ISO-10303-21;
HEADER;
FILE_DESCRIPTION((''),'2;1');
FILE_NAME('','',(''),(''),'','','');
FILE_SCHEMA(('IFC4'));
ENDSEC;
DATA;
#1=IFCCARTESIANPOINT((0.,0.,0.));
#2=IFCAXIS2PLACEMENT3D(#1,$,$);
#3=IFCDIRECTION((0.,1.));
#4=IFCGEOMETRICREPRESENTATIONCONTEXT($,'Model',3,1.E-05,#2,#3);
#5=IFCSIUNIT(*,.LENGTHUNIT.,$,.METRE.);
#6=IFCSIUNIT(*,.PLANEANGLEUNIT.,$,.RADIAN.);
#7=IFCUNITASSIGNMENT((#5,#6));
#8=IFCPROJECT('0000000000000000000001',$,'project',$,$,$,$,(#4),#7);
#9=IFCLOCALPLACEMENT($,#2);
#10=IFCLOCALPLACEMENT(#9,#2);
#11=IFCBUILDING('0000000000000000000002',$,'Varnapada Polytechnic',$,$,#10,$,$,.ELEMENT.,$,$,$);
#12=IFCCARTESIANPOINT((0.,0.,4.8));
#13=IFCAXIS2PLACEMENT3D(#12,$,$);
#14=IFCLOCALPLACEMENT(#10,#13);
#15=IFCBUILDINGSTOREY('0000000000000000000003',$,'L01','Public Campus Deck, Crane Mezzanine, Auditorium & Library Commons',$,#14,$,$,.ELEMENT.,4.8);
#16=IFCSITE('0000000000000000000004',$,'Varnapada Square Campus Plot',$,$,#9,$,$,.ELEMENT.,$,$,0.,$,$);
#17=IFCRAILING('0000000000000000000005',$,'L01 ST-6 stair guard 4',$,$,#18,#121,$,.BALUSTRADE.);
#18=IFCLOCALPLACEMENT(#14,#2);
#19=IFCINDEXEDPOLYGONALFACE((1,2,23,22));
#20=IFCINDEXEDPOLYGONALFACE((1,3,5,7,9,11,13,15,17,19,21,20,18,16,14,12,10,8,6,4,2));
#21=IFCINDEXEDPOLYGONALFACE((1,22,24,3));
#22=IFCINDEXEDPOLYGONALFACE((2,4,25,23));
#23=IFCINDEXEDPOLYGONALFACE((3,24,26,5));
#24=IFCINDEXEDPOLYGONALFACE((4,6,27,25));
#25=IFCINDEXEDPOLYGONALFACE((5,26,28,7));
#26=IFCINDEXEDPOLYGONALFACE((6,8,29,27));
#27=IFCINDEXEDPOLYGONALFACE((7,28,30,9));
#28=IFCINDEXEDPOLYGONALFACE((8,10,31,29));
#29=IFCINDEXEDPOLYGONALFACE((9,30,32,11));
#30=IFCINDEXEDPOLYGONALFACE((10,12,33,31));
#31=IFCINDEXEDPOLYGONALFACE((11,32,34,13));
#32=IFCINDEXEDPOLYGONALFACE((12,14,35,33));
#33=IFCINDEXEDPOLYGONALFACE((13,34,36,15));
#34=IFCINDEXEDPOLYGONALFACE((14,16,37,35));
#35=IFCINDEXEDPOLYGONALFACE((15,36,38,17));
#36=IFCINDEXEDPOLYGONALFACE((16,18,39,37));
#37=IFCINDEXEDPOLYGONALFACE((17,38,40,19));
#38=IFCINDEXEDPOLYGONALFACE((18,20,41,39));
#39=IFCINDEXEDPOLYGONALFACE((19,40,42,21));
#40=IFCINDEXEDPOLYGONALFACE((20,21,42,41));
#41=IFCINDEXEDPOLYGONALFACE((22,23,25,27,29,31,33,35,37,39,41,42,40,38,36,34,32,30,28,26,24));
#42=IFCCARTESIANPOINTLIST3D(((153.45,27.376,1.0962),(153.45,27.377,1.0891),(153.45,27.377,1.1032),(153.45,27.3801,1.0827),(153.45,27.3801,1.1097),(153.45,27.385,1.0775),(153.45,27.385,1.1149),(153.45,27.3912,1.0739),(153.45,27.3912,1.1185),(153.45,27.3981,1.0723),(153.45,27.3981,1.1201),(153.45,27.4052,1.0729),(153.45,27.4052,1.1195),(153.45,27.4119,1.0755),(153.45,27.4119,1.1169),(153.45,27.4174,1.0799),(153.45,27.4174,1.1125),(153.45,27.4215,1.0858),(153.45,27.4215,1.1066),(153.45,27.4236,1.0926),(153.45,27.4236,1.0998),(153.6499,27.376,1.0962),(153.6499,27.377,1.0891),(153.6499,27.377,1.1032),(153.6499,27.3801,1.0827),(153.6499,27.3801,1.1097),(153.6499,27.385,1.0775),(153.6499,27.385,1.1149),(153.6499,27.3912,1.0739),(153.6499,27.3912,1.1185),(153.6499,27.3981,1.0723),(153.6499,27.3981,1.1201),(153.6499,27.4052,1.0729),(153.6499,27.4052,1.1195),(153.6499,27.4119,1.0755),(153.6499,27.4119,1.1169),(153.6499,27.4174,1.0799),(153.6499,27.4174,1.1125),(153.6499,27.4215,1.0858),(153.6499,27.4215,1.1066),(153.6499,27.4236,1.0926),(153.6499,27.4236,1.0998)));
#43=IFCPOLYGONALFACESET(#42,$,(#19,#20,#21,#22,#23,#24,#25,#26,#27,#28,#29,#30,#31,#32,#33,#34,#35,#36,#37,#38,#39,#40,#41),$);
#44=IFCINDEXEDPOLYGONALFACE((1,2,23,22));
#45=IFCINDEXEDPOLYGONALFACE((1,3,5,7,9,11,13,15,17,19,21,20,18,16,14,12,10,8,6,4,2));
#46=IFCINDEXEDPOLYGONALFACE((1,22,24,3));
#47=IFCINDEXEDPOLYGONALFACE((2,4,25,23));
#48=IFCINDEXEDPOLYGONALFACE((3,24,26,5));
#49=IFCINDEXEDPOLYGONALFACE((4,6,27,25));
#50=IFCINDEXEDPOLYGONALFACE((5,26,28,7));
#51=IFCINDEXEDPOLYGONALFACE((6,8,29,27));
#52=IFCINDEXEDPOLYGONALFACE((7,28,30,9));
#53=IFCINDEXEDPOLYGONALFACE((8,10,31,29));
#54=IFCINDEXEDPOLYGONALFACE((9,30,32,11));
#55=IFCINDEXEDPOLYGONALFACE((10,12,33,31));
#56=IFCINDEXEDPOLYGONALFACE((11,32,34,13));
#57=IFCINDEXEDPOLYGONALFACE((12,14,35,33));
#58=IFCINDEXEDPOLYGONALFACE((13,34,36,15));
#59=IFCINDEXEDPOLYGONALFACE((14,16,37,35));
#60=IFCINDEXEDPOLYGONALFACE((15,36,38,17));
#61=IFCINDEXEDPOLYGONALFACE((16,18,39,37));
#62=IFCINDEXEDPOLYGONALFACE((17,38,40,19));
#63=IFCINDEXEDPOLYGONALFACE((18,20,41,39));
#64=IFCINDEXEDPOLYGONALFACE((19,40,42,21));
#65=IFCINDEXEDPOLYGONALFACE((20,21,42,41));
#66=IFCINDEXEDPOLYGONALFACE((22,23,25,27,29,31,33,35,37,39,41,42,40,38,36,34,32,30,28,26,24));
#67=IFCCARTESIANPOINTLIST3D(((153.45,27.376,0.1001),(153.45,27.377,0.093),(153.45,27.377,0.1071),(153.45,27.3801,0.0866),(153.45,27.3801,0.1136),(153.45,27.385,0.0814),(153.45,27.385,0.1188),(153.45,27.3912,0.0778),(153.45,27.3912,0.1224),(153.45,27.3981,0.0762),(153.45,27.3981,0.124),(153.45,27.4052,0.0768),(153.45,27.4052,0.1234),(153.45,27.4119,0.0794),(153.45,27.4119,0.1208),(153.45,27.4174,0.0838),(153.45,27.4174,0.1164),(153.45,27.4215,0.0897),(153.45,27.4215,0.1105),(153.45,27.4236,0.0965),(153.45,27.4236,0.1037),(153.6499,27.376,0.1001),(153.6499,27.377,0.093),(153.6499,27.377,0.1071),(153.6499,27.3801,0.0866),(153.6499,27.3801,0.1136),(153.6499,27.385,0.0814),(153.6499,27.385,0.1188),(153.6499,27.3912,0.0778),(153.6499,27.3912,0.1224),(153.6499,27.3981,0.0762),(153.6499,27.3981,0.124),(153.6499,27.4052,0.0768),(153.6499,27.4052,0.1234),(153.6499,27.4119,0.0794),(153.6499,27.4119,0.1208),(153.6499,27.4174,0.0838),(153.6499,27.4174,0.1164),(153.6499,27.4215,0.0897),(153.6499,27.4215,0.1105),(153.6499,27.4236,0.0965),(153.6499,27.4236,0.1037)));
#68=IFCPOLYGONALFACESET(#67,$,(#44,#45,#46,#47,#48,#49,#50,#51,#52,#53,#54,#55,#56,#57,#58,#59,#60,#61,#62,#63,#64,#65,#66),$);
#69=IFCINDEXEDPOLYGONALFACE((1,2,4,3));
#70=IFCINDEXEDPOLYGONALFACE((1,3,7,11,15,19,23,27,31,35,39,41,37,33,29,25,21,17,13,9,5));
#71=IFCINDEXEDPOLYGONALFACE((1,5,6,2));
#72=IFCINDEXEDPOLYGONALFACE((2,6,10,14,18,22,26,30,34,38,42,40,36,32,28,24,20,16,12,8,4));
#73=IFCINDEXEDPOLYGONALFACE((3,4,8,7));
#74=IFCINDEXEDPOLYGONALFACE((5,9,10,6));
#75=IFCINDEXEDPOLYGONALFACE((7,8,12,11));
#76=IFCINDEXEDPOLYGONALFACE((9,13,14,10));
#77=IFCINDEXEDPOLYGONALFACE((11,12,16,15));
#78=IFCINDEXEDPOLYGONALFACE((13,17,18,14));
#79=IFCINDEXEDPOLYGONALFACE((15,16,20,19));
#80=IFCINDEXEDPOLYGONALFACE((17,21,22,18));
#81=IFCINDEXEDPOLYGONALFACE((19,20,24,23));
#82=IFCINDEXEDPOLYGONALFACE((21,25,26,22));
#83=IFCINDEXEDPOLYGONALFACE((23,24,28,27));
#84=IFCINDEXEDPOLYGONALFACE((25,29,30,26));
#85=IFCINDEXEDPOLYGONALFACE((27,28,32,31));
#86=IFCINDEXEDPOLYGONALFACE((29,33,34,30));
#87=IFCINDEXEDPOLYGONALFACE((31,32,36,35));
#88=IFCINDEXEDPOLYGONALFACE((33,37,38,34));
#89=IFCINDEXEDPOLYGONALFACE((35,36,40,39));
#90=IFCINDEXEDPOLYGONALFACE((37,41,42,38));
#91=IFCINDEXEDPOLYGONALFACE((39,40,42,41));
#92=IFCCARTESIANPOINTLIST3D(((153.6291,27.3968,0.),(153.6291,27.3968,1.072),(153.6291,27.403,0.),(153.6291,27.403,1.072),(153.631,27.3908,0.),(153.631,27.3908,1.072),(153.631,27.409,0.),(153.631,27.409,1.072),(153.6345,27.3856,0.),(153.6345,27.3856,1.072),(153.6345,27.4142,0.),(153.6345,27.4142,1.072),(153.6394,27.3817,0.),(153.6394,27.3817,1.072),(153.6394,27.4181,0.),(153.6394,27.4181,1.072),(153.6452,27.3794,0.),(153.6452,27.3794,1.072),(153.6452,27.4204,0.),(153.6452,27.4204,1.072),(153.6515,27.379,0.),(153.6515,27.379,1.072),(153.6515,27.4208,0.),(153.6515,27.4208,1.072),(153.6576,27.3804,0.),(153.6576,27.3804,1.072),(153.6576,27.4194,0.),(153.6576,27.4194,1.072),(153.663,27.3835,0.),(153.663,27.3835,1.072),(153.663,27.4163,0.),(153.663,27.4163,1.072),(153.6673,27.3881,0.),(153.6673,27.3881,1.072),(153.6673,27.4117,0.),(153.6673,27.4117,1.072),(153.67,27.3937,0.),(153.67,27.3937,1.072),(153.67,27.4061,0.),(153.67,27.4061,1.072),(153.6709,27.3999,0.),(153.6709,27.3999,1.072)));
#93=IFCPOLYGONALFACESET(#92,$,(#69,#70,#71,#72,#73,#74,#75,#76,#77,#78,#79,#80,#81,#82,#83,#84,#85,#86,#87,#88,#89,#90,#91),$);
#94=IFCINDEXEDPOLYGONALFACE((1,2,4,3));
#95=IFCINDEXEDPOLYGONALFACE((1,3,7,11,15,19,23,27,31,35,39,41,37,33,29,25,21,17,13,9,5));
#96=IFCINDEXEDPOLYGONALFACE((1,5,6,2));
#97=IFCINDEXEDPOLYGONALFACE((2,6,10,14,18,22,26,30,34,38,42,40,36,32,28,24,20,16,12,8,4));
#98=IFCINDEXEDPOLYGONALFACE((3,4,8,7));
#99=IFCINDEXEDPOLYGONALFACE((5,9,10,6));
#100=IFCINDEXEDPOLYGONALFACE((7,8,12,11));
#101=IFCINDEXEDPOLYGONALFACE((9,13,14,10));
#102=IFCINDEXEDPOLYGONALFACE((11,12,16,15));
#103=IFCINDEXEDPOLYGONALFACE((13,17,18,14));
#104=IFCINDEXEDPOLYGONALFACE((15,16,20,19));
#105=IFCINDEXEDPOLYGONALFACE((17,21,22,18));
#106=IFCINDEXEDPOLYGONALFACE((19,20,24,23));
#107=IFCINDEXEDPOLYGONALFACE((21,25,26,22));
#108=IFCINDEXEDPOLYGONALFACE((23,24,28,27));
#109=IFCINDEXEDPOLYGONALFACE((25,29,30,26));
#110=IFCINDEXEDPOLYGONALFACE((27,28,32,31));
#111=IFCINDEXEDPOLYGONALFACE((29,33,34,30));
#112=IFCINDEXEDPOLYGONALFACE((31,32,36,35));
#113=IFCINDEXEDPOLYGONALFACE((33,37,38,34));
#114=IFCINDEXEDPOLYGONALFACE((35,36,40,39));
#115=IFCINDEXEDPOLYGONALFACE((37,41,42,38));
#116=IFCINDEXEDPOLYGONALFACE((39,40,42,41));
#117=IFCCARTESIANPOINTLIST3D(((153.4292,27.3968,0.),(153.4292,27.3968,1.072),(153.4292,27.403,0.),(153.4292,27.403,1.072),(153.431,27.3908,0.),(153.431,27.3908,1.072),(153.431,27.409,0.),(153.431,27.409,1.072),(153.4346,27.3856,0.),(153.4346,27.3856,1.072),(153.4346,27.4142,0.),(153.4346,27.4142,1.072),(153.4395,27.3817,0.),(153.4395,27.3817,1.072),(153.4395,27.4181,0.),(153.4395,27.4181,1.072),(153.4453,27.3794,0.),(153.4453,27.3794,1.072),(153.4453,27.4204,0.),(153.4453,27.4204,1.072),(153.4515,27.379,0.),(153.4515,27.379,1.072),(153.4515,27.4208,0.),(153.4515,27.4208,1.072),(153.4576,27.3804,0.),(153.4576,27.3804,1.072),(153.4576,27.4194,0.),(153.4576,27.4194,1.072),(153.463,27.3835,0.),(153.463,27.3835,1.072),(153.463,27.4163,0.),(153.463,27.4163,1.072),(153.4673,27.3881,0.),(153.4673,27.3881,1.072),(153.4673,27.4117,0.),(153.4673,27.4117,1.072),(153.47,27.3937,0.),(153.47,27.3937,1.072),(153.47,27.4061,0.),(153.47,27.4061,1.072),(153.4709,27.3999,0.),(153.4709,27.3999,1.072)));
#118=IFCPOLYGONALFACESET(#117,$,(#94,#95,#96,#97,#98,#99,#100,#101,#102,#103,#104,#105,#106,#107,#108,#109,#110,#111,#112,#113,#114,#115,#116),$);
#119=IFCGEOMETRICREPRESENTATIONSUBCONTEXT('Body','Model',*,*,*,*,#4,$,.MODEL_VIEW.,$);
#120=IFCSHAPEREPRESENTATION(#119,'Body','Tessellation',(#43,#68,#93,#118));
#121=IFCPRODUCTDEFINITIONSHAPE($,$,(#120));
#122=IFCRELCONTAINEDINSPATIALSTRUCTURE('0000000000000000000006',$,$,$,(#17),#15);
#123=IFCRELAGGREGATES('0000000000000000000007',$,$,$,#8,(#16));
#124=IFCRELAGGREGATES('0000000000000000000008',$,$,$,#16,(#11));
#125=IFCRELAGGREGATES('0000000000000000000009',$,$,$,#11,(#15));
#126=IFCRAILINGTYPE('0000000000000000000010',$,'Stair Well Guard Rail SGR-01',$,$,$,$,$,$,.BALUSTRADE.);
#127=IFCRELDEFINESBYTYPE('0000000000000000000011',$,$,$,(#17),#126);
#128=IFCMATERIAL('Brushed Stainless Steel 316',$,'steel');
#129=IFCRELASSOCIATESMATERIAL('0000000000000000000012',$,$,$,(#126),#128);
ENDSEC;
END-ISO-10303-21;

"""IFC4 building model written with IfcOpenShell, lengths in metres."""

from ifc_helpers import new_model, si_unit, direction, frame, origin, origin_2d, place, context, subcontext, project, spatial, circle, extrude, material, type_object, element, save


model = new_model("IFC4")

# Units and contexts
model_context = context("Model", 3, precision=1e-05, world=origin(), true_north=direction((0.0, 1.0)))
body_context = subcontext(model_context, "Body", "Model", "MODEL_VIEW")
ifc_project = project(units=[si_unit("LENGTHUNIT", "METRE"), si_unit("PLANEANGLEUNIT", "RADIAN")], contexts=[model_context])

# Site, building, storey
site_placement = place(None, origin())
site = spatial("IfcSite", under=ifc_project, at=site_placement, Name="Varnapada Square Campus Plot", CompositionType="ELEMENT", RefElevation=0.0)
building_placement = place(site_placement, origin())
building = spatial("IfcBuilding", under=site, at=building_placement, Name="Varnapada Polytechnic", CompositionType="ELEMENT")
storey_placement = place(building_placement, frame((0.0, 0.0, 4.8)))
storey = spatial("IfcBuildingStorey", under=building, at=storey_placement, Name="L01", Description="Public Campus Deck, Crane Mezzanine, Auditorium & Library Commons", CompositionType="ELEMENT", Elevation=4.8)

# Shared definitions
ifc_material_1 = material(Name="Brushed Stainless Steel 316", Category="steel")

# Railing
railing_type_1 = type_object("IfcRailingType", Name="Stair Well Guard Rail SGR-01", PredefinedType="BALUSTRADE", material=ifc_material_1)
railing_1_placement = place(storey_placement, frame((153.6499, 27.3999, 0.0)))
element("IfcRailing", 1, at=railing_1_placement, inside=storey, type_object=railing_type_1, Name="L01 ST-6 stair guard 4", PredefinedType="BALUSTRADE", context=body_context, shape_type="SweptSolid", body=[
    extrude(circle(Radius=0.0239, at=origin_2d()), frame((0.0, 0.0, 1.0962), z_axis=(-1.0, 0.0, 0.0), x_axis=(0.0, -1.0, 0.0)), (0.0, 0.0, 1.0), 0.2),
    extrude(circle(Radius=0.0239, at=origin_2d()), frame((0.0, 0.0, 0.1001), z_axis=(-1.0, 0.0, 0.0), x_axis=(0.0, -1.0, 0.0)), (0.0, 0.0, 1.0), 0.2),
    extrude(circle(Radius=0.021, at=origin_2d()), origin(), (0.0, 0.0, 1.0), 1.072),
    extrude(circle(Radius=0.021, at=origin_2d()), frame((-0.2, 0.0, 0.0)), (0.0, 0.0, 1.0), 1.072),
])

save(model, "model.ifc")
